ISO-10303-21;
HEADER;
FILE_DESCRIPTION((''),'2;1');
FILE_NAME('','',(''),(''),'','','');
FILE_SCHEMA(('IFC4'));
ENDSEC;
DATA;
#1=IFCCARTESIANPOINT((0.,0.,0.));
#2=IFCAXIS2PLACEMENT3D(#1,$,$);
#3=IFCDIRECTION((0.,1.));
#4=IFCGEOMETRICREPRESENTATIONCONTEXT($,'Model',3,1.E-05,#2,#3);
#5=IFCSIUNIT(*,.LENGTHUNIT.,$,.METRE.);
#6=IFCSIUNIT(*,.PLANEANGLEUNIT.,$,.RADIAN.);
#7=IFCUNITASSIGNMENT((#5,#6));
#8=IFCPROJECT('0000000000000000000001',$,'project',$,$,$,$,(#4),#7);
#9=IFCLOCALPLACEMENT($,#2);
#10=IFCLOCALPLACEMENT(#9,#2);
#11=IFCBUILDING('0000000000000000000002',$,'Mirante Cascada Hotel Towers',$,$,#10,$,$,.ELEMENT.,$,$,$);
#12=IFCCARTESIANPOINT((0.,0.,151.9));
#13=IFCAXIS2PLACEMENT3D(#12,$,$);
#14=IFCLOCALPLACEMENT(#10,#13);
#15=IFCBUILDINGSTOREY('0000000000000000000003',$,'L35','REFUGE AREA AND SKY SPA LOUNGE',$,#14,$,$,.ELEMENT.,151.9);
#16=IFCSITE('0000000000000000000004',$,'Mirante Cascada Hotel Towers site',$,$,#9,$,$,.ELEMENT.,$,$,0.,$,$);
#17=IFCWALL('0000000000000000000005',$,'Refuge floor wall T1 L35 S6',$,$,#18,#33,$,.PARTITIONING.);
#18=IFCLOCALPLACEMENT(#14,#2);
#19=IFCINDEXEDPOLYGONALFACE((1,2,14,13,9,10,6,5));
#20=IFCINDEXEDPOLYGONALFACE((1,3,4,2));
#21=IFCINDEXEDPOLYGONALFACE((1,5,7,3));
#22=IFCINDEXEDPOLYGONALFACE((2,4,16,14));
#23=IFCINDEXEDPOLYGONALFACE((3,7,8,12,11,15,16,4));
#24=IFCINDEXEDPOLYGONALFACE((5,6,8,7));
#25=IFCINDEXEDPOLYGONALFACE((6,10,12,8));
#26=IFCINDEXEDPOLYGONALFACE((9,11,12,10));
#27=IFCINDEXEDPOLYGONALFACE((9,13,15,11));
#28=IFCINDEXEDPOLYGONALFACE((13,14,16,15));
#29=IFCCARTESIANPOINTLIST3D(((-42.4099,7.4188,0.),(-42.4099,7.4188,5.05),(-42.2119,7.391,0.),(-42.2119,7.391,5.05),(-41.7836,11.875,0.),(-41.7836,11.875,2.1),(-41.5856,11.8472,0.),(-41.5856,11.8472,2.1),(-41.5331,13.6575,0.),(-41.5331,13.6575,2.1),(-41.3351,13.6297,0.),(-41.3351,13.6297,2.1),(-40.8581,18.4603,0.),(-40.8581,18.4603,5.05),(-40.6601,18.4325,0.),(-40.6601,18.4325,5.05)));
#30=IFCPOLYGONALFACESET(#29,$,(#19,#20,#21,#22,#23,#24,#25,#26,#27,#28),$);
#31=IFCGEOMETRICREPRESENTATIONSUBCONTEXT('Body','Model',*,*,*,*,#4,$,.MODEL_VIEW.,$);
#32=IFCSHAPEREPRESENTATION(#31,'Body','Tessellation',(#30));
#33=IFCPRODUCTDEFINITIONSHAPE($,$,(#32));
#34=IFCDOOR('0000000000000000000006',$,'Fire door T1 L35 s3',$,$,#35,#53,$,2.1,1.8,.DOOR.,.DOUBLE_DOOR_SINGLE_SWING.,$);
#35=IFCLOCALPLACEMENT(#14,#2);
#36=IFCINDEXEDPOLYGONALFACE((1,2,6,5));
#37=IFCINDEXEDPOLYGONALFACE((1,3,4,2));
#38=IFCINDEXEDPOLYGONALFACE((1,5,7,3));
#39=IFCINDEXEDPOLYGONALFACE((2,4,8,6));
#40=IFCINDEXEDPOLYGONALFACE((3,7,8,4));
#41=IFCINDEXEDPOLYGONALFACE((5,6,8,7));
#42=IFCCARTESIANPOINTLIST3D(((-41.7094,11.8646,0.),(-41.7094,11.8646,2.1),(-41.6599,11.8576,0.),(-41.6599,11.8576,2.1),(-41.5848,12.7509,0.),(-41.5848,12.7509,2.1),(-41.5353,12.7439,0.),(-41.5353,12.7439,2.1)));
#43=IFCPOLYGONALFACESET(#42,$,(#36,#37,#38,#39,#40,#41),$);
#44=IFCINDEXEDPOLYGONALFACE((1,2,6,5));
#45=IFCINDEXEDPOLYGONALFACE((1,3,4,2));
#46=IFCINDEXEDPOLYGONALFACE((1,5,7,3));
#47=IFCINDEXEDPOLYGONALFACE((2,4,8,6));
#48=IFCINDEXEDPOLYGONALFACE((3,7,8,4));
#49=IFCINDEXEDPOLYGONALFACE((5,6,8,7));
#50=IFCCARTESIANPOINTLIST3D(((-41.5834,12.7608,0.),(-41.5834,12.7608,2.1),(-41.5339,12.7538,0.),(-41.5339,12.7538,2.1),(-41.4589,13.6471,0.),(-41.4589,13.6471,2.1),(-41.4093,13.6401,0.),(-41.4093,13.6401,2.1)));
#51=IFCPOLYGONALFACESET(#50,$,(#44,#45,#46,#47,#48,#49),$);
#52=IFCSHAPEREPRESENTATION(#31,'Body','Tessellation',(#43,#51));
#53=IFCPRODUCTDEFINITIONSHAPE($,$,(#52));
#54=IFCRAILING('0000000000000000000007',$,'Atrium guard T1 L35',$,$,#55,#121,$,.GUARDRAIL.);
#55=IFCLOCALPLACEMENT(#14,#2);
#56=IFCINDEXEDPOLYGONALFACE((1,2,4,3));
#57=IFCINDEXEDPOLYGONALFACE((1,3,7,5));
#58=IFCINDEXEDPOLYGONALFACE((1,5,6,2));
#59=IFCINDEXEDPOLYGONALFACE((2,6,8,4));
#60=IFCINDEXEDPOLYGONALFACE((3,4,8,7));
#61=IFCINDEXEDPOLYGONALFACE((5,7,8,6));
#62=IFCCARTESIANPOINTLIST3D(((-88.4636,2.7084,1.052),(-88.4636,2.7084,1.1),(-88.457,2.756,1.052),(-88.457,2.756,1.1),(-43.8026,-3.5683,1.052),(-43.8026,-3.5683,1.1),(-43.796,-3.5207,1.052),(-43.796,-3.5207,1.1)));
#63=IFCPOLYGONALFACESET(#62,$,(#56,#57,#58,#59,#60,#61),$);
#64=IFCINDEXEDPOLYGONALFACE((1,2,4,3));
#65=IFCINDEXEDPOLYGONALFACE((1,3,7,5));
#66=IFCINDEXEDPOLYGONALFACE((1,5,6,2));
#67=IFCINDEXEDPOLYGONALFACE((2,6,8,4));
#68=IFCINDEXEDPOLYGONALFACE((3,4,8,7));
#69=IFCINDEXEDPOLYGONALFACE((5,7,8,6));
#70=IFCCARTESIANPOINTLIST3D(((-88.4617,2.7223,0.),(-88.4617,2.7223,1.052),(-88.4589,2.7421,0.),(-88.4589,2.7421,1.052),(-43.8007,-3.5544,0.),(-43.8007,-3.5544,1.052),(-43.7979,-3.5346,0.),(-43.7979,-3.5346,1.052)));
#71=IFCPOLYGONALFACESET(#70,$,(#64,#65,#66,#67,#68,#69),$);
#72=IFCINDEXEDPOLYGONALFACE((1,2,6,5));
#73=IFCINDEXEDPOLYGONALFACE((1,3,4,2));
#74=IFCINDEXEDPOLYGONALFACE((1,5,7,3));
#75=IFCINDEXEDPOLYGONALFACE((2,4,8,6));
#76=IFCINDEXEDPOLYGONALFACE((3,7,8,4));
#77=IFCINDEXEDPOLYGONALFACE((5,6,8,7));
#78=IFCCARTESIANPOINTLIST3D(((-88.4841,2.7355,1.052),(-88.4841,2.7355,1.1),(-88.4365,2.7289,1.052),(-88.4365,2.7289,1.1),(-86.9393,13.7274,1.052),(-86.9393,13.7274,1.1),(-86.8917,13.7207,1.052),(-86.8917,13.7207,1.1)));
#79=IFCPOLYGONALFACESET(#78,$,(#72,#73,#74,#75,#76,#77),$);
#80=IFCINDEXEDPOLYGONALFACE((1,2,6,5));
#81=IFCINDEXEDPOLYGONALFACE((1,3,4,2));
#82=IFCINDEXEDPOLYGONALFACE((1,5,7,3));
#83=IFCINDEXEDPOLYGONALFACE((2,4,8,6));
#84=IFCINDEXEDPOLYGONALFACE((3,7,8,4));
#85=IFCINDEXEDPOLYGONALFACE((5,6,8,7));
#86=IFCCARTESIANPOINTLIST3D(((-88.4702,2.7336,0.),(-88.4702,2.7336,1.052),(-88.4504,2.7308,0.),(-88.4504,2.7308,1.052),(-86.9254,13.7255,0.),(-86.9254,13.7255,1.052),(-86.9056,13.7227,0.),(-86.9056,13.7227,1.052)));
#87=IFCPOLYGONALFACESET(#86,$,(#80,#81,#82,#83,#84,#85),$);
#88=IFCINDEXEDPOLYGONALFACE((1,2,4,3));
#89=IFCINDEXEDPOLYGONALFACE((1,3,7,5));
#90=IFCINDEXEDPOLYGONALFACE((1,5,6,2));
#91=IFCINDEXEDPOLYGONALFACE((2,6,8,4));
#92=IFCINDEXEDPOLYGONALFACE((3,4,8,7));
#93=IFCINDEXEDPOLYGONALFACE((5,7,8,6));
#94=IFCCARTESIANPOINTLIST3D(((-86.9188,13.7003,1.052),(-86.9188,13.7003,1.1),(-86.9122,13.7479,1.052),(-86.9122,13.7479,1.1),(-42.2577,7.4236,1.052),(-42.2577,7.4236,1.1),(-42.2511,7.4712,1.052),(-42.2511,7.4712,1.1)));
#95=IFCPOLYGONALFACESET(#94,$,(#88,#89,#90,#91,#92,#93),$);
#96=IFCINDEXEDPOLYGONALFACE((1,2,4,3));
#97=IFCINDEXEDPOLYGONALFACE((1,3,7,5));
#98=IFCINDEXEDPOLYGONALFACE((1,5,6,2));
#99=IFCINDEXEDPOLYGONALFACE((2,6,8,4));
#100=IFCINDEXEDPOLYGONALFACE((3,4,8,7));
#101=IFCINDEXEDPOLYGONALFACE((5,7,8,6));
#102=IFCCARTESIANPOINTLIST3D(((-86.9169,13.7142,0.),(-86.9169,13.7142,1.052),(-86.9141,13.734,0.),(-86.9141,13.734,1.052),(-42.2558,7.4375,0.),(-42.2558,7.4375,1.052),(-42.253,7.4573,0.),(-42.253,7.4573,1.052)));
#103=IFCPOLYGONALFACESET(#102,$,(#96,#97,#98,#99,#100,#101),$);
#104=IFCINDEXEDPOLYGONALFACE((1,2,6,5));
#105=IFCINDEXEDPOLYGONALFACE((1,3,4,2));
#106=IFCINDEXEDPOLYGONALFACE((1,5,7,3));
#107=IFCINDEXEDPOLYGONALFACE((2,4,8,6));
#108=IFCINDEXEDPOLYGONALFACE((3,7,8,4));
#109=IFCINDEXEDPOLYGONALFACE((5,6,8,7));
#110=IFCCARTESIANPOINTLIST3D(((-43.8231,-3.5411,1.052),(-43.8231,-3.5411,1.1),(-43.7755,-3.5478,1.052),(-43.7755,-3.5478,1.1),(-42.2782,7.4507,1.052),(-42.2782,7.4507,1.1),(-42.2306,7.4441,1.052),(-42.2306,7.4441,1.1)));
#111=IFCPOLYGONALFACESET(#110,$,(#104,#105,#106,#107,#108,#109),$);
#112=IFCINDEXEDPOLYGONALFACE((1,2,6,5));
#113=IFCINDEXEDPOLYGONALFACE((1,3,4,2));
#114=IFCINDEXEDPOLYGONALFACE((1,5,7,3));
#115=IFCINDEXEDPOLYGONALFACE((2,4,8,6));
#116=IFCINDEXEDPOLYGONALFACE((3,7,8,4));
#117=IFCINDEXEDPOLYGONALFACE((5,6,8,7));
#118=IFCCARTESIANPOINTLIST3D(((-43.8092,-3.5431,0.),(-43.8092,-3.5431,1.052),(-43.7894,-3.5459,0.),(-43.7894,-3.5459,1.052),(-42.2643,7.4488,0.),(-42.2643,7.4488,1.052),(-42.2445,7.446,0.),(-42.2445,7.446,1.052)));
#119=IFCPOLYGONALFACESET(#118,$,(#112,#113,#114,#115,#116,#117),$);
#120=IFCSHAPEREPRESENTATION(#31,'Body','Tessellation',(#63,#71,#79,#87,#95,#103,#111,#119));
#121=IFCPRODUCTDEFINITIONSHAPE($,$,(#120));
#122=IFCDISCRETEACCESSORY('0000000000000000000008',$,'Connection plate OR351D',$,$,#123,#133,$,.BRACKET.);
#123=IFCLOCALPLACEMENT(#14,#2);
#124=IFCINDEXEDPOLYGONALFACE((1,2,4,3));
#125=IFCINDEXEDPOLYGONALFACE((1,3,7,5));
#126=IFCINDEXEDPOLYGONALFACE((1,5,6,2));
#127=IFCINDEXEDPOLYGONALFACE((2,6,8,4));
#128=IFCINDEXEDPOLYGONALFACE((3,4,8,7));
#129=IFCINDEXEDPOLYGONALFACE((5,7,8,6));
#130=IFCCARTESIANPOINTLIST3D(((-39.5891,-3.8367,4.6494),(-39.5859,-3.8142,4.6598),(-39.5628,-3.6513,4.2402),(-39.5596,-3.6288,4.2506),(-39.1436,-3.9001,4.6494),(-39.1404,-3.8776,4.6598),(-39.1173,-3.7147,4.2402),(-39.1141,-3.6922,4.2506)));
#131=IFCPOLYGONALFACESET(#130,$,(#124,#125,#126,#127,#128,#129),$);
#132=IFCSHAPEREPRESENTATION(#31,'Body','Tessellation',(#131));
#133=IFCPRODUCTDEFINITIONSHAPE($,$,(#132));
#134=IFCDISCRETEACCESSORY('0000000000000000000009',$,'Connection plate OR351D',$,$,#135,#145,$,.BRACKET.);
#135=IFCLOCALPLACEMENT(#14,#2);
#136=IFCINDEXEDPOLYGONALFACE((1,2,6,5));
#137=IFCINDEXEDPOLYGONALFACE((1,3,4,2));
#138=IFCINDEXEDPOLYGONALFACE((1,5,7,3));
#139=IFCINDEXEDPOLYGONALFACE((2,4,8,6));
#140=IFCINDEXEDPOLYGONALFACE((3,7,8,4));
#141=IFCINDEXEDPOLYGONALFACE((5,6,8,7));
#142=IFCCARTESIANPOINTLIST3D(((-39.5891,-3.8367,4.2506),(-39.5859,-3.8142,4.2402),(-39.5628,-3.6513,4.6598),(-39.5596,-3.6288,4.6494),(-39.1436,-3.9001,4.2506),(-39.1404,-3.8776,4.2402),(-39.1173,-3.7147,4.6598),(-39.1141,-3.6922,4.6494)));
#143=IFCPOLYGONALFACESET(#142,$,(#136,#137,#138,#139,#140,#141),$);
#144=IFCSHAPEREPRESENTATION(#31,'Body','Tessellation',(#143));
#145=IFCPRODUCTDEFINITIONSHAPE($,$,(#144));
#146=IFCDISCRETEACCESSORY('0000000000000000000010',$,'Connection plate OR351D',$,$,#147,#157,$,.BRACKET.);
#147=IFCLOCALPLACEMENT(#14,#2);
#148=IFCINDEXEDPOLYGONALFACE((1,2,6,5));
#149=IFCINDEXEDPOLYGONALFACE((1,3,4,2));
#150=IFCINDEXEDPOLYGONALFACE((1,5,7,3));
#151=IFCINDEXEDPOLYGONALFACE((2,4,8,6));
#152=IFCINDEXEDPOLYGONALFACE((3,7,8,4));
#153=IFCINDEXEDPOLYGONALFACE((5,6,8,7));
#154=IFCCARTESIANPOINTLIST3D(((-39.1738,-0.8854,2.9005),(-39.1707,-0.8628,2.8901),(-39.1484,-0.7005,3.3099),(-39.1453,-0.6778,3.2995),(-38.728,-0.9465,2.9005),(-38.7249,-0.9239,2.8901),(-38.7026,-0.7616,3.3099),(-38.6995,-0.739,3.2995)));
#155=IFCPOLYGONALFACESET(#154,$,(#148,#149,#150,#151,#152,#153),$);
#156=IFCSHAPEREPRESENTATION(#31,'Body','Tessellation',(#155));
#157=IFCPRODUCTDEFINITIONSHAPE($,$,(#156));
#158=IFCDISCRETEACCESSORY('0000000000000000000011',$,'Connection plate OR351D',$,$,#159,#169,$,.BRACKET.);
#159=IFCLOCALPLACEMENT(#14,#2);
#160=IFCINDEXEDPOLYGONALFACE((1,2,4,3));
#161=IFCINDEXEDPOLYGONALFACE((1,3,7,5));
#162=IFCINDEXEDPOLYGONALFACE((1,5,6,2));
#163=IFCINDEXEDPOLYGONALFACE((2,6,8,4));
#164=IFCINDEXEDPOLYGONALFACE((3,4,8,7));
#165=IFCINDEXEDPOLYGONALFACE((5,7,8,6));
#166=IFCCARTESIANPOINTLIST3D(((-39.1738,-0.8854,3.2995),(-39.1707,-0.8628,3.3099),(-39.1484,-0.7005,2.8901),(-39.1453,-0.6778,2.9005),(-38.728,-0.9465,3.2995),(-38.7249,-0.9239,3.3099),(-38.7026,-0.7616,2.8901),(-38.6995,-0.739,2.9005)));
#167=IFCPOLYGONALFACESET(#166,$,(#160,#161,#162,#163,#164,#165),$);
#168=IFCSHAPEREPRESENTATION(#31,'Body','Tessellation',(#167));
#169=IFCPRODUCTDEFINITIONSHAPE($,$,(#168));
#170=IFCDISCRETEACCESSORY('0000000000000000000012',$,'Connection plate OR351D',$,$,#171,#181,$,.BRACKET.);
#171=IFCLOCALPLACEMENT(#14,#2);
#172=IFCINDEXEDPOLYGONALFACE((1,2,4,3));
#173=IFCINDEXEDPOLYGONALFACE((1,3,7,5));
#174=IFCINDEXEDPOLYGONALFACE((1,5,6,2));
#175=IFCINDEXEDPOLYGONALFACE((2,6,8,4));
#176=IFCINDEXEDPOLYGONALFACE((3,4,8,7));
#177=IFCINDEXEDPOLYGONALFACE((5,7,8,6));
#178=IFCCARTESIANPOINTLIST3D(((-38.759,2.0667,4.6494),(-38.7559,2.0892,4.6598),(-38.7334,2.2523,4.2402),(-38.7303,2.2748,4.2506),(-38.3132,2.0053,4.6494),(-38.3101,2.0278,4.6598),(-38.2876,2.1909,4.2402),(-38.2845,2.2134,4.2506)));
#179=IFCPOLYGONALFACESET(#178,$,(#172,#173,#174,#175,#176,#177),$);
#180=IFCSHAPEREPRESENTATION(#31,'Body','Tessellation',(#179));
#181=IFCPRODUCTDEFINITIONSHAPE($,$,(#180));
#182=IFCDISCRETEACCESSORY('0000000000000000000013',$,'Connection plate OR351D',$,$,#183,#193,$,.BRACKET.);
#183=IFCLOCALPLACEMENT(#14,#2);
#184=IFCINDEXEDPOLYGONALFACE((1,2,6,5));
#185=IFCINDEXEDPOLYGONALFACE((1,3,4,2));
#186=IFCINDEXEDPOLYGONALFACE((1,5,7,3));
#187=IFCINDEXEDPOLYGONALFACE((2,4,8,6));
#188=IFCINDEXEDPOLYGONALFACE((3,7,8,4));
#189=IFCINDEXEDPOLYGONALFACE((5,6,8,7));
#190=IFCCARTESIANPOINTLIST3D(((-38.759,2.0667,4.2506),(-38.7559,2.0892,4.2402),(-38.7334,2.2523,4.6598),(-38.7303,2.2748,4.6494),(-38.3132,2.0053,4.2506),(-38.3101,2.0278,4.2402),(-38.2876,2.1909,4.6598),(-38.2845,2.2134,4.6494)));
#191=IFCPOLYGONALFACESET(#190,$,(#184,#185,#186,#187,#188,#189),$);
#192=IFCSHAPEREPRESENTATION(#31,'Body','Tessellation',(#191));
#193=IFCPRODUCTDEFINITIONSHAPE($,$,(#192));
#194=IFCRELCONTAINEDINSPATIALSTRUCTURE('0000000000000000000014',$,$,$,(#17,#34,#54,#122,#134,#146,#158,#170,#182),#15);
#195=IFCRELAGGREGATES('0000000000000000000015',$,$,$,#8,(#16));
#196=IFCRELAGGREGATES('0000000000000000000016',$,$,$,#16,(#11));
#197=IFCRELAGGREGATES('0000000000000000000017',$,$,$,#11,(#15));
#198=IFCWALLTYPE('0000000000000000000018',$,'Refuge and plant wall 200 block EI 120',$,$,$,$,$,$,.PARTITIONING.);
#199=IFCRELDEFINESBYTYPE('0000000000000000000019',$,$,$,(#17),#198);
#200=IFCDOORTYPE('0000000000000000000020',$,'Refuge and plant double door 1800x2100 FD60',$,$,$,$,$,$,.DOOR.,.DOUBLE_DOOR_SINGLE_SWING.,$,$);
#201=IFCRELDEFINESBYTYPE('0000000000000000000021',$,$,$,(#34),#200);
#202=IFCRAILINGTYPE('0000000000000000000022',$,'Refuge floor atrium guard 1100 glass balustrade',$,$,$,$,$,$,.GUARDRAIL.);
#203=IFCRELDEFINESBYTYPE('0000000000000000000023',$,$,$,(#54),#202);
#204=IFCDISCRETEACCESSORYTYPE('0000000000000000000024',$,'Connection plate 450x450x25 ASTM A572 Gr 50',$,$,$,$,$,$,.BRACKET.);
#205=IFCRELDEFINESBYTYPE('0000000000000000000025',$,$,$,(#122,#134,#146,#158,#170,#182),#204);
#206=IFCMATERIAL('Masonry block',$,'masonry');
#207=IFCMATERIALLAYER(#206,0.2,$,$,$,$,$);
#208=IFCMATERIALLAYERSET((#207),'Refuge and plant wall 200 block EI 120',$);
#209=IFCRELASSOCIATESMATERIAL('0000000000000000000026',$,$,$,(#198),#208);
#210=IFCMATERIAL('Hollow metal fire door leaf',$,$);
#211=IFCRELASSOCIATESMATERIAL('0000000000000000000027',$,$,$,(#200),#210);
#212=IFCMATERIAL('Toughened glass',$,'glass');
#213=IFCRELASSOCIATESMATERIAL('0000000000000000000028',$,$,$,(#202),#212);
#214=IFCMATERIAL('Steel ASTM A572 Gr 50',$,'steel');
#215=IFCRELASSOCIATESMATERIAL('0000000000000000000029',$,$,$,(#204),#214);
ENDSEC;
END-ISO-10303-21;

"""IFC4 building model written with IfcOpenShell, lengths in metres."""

from ifc_helpers import new_model, si_unit, direction, frame, frame_2d, origin, origin_2d, place, context, subcontext, project, spatial, rectangle, extrude, material, layer, layer_set, material_profile, profile_set, type_object, element, fill, save


model = new_model("IFC4")

# Units and contexts
model_context = context("Model", 3, precision=1e-05, world=origin(), true_north=direction((0.0, 1.0)))
body_context = subcontext(model_context, "Body", "Model", "MODEL_VIEW")
ifc_project = project(units=[si_unit("LENGTHUNIT", "METRE"), si_unit("PLANEANGLEUNIT", "RADIAN")], contexts=[model_context])

# Site, building, storey
site_placement = place(None, origin())
site = spatial("IfcSite", under=ifc_project, at=site_placement, Name="Mirante Cascada Hotel Towers site", CompositionType="ELEMENT", RefElevation=0.0)
building_placement = place(site_placement, origin())
building = spatial("IfcBuilding", under=site, at=building_placement, Name="Mirante Cascada Hotel Towers", CompositionType="ELEMENT")
storey_placement = place(building_placement, frame((0.0, 0.0, 151.9)))
storey = spatial("IfcBuildingStorey", under=building, at=storey_placement, Name="L35", Description="REFUGE AREA AND SKY SPA LOUNGE", CompositionType="ELEMENT", Elevation=151.9)

# Wall, opening, door
ifc_material_1 = material(Name="Masonry block", Category="masonry")
ifc_layer = layer(ifc_material_1, 0.2)
ifc_layer_set = layer_set([ifc_layer], Name="Refuge and plant wall 200 block EI 120")
wall_type = type_object("IfcWallType", Name="Refuge and plant wall 200 block EI 120", PredefinedType="PARTITIONING", material=ifc_layer_set)
ifc_material_2 = material(Name="Hollow metal fire door leaf")
door_type = type_object("IfcDoorType", Name="Refuge and plant double door 1800x2100 FD60", OperationType="DOUBLE_DOOR_SINGLE_SWING", PredefinedType="DOOR", material=ifc_material_2)
wall_1_placement = place(storey_placement, frame((-42.3109, 7.4049, 0.0), z_axis=(0.0, 0.0, 1.0), x_axis=(0.139175, 0.990268, 0.0)))
wall_1 = element("IfcWall", 1, at=wall_1_placement, inside=storey, type_object=wall_type, Name="Refuge floor wall T1 L35 S6", PredefinedType="PARTITIONING", context=body_context, shape_type="SweptSolid", body=[
    extrude(rectangle(XDim=11.15, YDim=0.2, at=frame_2d((5.575, 0.0))), origin(), (0.0, 0.0, 1.0), 5.05),
])
opening_1_placement = place(wall_1_placement, frame((4.5, 0.0, 0.0)))
opening_1 = element("IfcOpeningElement", 2, at=opening_1_placement, cuts=wall_1, PredefinedType="OPENING", context=body_context, shape_type="SweptSolid", body=[
    extrude(rectangle(XDim=1.8, YDim=2.1, at=frame_2d((0.9, 1.05))), frame((0.0, 0.1, 0.0), z_axis=(0.0, -1.0, 0.0), x_axis=(1.0, 0.0, 0.0)), (0.0, 0.0, 1.0), 0.2),
])
door_1_placement = place(opening_1_placement, origin())
door_1 = element("IfcDoor", 3, at=door_1_placement, inside=storey, type_object=door_type, Name="Fire door T1 L35 s3", OperationType="DOUBLE_DOOR_SINGLE_SWING", OverallHeight=2.1, OverallWidth=1.8, PredefinedType="DOOR", context=body_context, shape_type="SweptSolid", body=[
    extrude(rectangle(XDim=0.895, YDim=2.1, at=frame_2d((0.4475, 1.05))), frame((0.0, 0.025, 0.0), z_axis=(0.0, -1.0, 0.0), x_axis=(1.0, 0.0, 0.0)), (0.0, 0.0, 1.0), 0.05),
    extrude(rectangle(XDim=0.895, YDim=2.1, at=frame_2d((1.3525, 1.05))), frame((0.0, 0.025, 0.0), z_axis=(0.0, -1.0, 0.0), x_axis=(1.0, 0.0, 0.0)), (0.0, 0.0, 1.0), 0.05),
])
fill(opening_1, door_1)

# Railing
ifc_material_3 = material(Name="Toughened glass", Category="glass")
railing_type = type_object("IfcRailingType", Name="Refuge floor atrium guard 1100 glass balustrade", PredefinedType="GUARDRAIL", material=ifc_material_3)
railing_placement = place(storey_placement, frame((-43.7993, -3.5445, 0.0)))
element("IfcRailing", 4, at=railing_placement, inside=storey, type_object=railing_type, Name="Atrium guard T1 L35", PredefinedType="GUARDRAIL", context=body_context, shape_type="SweptSolid", body=[
    extrude(rectangle(XDim=0.048, YDim=0.048, at=origin_2d()), frame((0.0, 0.0, 1.076), z_axis=(-0.990268, 0.139173, 0.0), x_axis=(-0.139173, -0.990268, 0.0)), (0.0, 0.0, 1.0), 45.0999),
    extrude(rectangle(XDim=0.02, YDim=1.052, at=origin_2d()), frame((0.0, 0.0, 0.526), z_axis=(-0.990268, 0.139173, 0.0), x_axis=(-0.139173, -0.990268, 0.0)), (0.0, 0.0, 1.0), 45.0999),
    extrude(rectangle(XDim=0.048, YDim=0.048, at=origin_2d()), frame((-44.661, 6.2767, 1.076), z_axis=(0.139172, 0.990268, 0.0), x_axis=(-0.990268, 0.139172, 0.0)), (0.0, 0.0, 1.0), 11.0999),
    extrude(rectangle(XDim=0.02, YDim=1.052, at=origin_2d()), frame((-44.661, 6.2767, 0.526), z_axis=(0.139172, 0.990268, 0.0), x_axis=(-0.990268, 0.139172, 0.0)), (0.0, 0.0, 1.0), 11.0999),
    extrude(rectangle(XDim=0.048, YDim=0.048, at=origin_2d()), frame((-43.1162, 17.2686, 1.076), z_axis=(0.990268, -0.139173, 0.0), x_axis=(0.139173, 0.990268, 0.0)), (0.0, 0.0, 1.0), 45.1),
    extrude(rectangle(XDim=0.02, YDim=1.052, at=origin_2d()), frame((-43.1162, 17.2686, 0.526), z_axis=(0.990268, -0.139173, 0.0), x_axis=(0.139173, 0.990268, 0.0)), (0.0, 0.0, 1.0), 45.1),
    extrude(rectangle(XDim=0.048, YDim=0.048, at=origin_2d()), frame((1.5449, 10.9919, 1.076), z_axis=(-0.139181, -0.990267, 0.0), x_axis=(0.990267, -0.139181, 0.0)), (0.0, 0.0, 1.0), 11.0999),
    extrude(rectangle(XDim=0.02, YDim=1.052, at=origin_2d()), frame((1.5449, 10.9919, 0.526), z_axis=(-0.139181, -0.990267, 0.0), x_axis=(0.990267, -0.139181, 0.0)), (0.0, 0.0, 1.0), 11.0999),
])

# Discrete accessories
ifc_material_4 = material(Name="Steel ASTM A572 Gr 50", Category="steel")
ifc_material_profile_1 = material_profile(ifc_material_4, rectangle(XDim=0.45, YDim=0.45, at=origin_2d()), Name="Connection plate 450x450x25 ASTM A572 Gr 50")
ifc_profile_set_1 = profile_set([ifc_material_profile_1], Name="Steel ASTM A572 Gr 50")
discrete_accessory_type = type_object("IfcDiscreteAccessoryType", Name="Connection plate 450x450x25 ASTM A572 Gr 50", PredefinedType="BRACKET", material=ifc_profile_set_1)
for number, where, z_axis, x_axis, name in (
    (5, (-39.3532, -3.7757, 4.4448), (0.128036, 0.900252, 0.416117), (-0.990037, 0.140805, 0.0), "Connection plate OR351D"),
    (6, (-39.3532, -3.7757, 4.4552), (0.128036, 0.900252, -0.416117), (-0.990037, 0.140805, 0.0), "Connection plate OR351D"),
):
    element("IfcDiscreteAccessory", number, at=place(storey_placement, frame(where, z_axis=z_axis, x_axis=x_axis)), inside=storey, type_object=discrete_accessory_type, Name=name, PredefinedType="BRACKET", context=body_context, shape_type="SweptSolid", body=[
        extrude(rectangle(XDim=0.45, YDim=0.45, at=origin_2d()), origin(), (0.0, 0.0, 1.0), 0.025),
    ])
for number, where, z_axis, x_axis, name in (
    (7, (-38.9382, -0.8235, 3.1052), (0.123651, 0.901458, -0.41483), (-0.990723, 0.135896, 0.0), "Connection plate OR351D"),
    (8, (-38.9382, -0.8235, 3.0948), (0.123651, 0.901458, 0.41483), (-0.990723, 0.135896, 0.0), "Connection plate OR351D"),
):
    element("IfcDiscreteAccessory", number, at=place(storey_placement, frame(where, z_axis=z_axis, x_axis=x_axis)), inside=storey, type_object=discrete_accessory_type, Name=name, PredefinedType="BRACKET", context=body_context, shape_type="SweptSolid", body=[
        extrude(rectangle(XDim=0.45, YDim=0.45, at=origin_2d()), origin(), (0.0, 0.0, 1.0), 0.0251),
    ])
for number, where, z_axis, x_axis, name in (
    (9, (-38.5233, 2.1288, 4.4448), (0.124097, 0.900706, 0.416326), (-0.990642, 0.136488, 0.0), "Connection plate OR351D"),
    (10, (-38.5233, 2.1288, 4.4552), (0.124097, 0.900706, -0.416326), (-0.990642, 0.136488, 0.0), "Connection plate OR351D"),
):
    element("IfcDiscreteAccessory", number, at=place(storey_placement, frame(where, z_axis=z_axis, x_axis=x_axis)), inside=storey, type_object=discrete_accessory_type, Name=name, PredefinedType="BRACKET", context=body_context, shape_type="SweptSolid", body=[
        extrude(rectangle(XDim=0.45, YDim=0.45, at=origin_2d()), origin(), (0.0, 0.0, 1.0), 0.025),
    ])

save(model, "model.ifc")
